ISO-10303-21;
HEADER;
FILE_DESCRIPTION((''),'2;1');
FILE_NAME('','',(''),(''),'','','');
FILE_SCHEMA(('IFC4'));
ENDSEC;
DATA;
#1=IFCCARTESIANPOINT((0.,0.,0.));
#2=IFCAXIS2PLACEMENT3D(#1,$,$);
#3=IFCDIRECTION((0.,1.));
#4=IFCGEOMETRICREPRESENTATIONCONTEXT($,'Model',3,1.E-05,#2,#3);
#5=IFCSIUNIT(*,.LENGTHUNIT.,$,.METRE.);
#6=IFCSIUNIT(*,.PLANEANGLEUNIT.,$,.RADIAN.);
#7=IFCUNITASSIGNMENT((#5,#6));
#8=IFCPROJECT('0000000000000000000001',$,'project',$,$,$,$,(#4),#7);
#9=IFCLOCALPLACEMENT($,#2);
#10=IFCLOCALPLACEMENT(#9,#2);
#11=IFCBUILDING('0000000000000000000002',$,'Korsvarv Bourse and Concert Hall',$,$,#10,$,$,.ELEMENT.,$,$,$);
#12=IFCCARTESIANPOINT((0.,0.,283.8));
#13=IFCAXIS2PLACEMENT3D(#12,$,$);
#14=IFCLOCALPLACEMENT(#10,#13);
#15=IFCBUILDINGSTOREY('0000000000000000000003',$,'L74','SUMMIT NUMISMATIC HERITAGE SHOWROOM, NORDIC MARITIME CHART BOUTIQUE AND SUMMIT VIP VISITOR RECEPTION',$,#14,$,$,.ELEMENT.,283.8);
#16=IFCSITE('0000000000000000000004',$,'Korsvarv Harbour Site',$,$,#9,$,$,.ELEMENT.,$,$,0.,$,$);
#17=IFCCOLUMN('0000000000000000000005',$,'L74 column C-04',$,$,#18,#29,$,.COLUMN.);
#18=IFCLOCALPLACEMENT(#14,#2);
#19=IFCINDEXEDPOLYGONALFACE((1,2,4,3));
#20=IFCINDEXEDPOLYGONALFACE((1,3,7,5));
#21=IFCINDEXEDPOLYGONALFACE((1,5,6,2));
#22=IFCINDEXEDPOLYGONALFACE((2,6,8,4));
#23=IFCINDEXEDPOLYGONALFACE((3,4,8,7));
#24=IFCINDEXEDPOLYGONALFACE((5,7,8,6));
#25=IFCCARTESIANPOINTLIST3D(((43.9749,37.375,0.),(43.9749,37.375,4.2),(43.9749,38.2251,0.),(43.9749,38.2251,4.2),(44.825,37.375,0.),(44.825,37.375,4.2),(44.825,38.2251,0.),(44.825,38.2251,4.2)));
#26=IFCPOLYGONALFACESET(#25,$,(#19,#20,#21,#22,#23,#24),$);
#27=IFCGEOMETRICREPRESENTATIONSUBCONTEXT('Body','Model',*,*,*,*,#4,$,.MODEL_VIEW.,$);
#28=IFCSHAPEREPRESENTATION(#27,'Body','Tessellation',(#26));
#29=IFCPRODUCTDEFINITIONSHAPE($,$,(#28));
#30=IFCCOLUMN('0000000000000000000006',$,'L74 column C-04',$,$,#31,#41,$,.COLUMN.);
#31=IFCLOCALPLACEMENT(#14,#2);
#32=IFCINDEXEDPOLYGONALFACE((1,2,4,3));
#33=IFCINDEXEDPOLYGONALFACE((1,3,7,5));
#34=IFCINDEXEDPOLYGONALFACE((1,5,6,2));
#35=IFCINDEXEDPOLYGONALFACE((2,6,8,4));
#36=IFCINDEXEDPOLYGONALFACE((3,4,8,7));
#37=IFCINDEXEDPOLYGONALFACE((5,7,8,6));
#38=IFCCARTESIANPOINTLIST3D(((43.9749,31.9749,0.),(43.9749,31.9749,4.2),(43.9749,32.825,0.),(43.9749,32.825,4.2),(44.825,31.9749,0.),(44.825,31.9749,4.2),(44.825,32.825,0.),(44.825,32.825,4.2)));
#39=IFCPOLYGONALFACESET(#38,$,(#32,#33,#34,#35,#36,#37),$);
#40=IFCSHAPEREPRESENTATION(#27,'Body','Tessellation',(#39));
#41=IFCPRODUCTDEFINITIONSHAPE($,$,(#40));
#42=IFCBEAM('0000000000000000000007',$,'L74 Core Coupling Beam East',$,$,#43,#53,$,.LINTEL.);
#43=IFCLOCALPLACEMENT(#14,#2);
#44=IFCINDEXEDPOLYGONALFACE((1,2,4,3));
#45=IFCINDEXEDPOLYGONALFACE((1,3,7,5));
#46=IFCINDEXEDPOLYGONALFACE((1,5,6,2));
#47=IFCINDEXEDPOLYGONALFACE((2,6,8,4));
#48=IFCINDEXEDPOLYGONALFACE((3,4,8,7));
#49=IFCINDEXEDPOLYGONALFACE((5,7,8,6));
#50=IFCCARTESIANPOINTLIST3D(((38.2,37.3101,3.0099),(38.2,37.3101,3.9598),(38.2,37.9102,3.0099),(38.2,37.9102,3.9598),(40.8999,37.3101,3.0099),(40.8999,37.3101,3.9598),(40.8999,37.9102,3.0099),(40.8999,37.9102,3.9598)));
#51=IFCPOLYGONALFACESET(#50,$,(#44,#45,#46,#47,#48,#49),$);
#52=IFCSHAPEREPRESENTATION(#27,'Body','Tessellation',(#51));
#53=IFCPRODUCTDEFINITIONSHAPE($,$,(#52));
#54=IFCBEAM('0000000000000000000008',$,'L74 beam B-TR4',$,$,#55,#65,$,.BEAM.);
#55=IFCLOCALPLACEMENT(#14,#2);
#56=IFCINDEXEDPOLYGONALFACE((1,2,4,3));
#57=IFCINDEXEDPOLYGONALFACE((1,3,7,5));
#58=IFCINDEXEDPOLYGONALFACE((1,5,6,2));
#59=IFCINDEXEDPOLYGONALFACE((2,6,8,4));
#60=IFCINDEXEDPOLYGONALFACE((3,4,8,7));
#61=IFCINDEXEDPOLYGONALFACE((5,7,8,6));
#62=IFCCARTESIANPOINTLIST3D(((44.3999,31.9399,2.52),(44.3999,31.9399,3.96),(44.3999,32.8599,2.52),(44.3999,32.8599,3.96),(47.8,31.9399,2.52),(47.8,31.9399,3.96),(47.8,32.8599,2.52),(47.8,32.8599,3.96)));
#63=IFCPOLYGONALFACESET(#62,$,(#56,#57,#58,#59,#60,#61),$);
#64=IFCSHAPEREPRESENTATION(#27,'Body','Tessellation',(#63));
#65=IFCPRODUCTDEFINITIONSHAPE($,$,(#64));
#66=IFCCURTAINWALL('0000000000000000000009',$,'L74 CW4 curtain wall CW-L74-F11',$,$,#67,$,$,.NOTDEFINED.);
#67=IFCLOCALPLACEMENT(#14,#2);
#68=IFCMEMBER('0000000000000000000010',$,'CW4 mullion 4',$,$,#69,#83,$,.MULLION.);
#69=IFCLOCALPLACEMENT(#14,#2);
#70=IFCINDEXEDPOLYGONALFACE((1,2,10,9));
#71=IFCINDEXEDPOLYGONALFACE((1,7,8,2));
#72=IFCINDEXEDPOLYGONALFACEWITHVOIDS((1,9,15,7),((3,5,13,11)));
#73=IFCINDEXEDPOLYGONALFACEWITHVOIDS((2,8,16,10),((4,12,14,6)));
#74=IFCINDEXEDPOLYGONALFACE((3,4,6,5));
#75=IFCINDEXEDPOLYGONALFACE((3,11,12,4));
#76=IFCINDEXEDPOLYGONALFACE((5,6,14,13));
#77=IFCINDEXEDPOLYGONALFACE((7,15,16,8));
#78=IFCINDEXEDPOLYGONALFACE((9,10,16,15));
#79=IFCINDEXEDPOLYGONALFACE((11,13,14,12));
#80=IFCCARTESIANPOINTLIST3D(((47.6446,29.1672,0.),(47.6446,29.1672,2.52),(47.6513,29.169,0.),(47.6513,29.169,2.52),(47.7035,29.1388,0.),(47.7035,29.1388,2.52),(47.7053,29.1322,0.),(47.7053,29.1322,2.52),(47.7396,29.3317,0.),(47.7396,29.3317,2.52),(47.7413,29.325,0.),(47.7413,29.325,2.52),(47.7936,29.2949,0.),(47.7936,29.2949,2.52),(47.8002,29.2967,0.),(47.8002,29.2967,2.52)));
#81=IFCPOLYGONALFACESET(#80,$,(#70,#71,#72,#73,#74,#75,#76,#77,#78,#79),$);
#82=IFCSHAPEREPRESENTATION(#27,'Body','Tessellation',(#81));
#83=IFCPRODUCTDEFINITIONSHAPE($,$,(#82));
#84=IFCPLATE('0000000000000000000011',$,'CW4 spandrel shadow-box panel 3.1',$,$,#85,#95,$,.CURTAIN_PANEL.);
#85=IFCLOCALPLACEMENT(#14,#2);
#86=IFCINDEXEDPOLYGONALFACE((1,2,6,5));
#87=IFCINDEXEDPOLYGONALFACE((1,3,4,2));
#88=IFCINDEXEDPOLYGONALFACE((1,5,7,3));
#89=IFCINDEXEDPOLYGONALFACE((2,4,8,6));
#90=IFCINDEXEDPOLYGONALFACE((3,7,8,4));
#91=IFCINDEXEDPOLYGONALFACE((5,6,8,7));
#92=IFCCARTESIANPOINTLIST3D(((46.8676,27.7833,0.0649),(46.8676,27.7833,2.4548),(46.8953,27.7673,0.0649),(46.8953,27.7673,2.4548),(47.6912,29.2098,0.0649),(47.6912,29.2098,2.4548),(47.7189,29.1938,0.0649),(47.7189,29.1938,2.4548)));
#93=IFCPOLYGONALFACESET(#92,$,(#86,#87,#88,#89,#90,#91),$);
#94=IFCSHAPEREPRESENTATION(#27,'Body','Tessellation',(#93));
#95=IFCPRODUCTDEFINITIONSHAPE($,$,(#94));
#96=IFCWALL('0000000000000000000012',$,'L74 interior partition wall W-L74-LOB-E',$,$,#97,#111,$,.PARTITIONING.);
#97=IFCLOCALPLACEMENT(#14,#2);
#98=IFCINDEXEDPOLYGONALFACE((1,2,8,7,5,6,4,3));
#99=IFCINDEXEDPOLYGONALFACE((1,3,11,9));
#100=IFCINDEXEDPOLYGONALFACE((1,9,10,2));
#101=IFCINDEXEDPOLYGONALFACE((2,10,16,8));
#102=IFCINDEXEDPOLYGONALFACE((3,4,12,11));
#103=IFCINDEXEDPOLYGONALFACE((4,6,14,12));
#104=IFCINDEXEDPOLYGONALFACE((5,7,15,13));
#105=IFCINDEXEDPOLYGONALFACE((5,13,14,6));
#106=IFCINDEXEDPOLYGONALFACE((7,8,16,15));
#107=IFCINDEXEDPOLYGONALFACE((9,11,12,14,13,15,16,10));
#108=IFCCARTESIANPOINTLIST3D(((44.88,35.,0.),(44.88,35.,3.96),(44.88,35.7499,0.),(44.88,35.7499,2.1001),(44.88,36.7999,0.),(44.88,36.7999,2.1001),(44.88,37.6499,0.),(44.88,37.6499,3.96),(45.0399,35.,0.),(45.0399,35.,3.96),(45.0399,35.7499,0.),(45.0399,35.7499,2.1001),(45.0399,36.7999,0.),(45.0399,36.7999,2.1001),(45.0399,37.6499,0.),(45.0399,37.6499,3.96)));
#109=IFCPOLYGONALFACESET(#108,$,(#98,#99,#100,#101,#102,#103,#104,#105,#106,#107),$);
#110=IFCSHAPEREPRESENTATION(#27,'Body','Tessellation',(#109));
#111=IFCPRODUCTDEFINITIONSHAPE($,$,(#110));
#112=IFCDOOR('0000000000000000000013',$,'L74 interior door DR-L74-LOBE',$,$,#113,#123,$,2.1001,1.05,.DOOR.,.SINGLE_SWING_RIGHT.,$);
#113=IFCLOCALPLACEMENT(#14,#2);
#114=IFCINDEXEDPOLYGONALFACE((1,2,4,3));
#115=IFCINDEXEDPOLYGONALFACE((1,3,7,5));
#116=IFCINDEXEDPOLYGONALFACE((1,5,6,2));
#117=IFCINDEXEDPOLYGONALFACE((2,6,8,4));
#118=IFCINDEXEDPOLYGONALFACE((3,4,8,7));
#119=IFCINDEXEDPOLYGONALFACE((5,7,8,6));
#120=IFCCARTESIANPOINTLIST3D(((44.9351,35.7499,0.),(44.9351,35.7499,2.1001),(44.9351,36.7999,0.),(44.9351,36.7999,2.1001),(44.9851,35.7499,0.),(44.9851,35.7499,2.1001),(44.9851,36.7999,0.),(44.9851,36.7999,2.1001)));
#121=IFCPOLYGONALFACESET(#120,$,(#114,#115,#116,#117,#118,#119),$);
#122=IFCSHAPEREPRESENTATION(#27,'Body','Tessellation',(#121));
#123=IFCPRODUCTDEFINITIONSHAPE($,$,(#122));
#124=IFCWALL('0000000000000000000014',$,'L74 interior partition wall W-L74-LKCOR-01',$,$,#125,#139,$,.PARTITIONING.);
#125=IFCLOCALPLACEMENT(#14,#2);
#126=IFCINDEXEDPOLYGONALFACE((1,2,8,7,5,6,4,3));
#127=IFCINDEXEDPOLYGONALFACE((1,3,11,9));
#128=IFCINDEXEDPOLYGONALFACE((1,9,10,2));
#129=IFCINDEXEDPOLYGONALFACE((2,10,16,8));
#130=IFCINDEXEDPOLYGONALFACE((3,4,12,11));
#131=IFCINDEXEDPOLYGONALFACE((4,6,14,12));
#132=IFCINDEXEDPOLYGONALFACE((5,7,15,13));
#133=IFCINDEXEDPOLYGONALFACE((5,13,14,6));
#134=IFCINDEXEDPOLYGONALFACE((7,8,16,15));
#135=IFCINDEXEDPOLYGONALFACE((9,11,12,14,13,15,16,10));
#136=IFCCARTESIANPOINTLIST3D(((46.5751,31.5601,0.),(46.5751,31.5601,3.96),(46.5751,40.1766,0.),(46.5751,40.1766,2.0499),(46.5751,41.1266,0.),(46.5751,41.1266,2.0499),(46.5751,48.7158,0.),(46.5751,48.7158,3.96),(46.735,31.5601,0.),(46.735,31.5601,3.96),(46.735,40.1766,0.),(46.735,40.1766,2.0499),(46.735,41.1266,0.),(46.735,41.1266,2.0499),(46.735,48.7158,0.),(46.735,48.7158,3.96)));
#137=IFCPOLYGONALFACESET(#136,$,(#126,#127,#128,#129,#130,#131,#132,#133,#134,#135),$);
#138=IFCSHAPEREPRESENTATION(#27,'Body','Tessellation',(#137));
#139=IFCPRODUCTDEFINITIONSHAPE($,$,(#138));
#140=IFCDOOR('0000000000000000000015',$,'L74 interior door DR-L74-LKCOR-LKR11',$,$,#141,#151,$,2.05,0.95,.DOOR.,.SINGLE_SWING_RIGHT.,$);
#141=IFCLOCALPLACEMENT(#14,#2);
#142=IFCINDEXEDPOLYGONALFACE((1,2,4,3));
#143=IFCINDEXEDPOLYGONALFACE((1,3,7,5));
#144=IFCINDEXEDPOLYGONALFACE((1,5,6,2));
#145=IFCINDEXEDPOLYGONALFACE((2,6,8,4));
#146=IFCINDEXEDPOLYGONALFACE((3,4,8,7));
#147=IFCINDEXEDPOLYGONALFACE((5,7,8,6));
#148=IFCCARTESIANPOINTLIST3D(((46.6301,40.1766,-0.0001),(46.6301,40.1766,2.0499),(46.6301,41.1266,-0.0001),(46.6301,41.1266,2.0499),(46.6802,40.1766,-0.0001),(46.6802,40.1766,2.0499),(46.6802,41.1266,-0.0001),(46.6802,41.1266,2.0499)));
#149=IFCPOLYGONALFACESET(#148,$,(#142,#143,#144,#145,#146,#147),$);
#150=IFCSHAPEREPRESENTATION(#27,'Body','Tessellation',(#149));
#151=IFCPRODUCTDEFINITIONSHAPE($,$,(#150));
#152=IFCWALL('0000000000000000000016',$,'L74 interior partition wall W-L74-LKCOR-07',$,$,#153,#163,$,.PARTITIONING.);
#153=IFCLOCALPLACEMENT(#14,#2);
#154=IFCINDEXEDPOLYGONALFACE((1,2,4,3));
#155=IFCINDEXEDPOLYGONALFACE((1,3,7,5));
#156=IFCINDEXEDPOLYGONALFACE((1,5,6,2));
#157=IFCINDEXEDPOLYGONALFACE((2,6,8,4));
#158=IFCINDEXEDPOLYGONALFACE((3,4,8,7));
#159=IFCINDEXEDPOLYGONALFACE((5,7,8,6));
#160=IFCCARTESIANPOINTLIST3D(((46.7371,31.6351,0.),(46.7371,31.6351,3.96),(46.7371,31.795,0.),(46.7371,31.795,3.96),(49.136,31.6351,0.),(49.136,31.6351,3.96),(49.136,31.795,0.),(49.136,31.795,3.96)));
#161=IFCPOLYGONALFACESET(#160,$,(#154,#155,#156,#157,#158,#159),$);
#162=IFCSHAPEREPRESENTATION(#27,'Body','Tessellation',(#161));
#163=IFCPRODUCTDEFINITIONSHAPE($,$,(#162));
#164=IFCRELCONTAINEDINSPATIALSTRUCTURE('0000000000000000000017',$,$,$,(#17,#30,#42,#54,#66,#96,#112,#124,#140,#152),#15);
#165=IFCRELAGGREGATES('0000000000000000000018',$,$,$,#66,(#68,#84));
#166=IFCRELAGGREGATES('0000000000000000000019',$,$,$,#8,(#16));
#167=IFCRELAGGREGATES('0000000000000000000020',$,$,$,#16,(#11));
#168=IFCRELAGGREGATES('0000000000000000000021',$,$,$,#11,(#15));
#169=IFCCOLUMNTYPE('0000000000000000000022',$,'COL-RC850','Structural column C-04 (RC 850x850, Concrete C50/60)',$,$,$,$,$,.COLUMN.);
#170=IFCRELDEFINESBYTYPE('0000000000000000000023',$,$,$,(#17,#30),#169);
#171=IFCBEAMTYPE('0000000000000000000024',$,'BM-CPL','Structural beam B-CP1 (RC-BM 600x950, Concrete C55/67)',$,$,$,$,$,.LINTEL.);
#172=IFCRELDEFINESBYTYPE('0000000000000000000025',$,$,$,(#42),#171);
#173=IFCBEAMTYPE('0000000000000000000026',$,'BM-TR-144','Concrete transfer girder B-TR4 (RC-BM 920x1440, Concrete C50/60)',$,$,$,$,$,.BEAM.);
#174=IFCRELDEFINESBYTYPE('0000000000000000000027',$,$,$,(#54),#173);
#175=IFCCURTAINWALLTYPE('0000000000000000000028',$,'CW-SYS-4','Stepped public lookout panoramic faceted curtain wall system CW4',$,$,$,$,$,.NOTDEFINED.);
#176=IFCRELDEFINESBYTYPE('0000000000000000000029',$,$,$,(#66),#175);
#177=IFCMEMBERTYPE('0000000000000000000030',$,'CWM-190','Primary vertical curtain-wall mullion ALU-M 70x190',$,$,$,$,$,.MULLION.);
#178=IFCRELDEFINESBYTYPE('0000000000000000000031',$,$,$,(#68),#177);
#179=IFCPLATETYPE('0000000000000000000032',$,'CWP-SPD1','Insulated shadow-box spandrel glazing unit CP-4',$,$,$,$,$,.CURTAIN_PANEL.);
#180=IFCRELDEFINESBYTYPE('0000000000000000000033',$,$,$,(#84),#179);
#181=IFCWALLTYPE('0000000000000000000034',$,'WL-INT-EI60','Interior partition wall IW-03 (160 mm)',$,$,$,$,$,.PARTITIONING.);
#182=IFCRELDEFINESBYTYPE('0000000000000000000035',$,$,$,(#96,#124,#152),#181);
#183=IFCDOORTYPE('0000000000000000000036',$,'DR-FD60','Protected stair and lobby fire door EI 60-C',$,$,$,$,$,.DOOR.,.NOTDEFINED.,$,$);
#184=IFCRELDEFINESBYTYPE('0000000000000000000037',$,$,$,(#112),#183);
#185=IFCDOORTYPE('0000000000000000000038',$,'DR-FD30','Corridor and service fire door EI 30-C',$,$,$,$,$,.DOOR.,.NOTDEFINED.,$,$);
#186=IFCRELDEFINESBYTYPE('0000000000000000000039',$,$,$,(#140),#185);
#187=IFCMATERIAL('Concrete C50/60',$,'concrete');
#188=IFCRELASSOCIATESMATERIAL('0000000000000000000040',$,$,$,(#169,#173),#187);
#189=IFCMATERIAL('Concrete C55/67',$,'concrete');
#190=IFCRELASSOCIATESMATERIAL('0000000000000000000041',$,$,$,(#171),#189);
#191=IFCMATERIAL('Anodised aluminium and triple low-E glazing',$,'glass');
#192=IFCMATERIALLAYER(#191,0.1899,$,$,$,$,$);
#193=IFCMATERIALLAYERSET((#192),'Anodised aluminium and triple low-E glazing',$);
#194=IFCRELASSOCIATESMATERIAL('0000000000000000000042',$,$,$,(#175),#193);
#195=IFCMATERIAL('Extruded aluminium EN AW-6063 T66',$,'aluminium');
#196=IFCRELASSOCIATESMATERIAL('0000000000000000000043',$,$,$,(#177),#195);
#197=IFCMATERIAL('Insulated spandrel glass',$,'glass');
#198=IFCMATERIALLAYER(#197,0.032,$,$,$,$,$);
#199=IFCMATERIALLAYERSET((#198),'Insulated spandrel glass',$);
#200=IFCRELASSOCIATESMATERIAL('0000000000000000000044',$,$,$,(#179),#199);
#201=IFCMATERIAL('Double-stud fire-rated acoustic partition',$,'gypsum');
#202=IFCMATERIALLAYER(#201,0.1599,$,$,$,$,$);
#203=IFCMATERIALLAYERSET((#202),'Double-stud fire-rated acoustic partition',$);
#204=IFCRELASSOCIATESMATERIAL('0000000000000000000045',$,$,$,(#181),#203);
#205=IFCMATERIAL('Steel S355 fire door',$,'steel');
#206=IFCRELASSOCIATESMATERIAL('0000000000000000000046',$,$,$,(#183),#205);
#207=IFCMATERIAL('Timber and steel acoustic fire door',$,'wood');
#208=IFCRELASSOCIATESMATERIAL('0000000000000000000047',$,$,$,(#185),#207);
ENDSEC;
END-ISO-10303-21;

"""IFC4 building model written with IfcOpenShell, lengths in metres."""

from ifc_helpers import new_model, si_unit, direction, frame, frame_2d, origin, origin_2d, place, context, subcontext, project, spatial, rectangle, hollow_rectangle, extrude, source, transform, mapped, material, layer, layer_set, material_profile, profile_set, type_object, element, fill, aggregate, save


model = new_model("IFC4")

# Units and contexts
model_context = context("Model", 3, precision=1e-05, world=origin(), true_north=direction((0.0, 1.0)))
body_context = subcontext(model_context, "Body", "Model", "MODEL_VIEW")
ifc_project = project(units=[si_unit("LENGTHUNIT", "METRE"), si_unit("PLANEANGLEUNIT", "RADIAN")], contexts=[model_context])

# Site, building, storey
site_placement = place(None, origin())
site = spatial("IfcSite", under=ifc_project, at=site_placement, Name="Korsvarv Harbour Site", CompositionType="ELEMENT", RefElevation=0.0)
building_placement = place(site_placement, origin())
building = spatial("IfcBuilding", under=site, at=building_placement, Name="Korsvarv Bourse and Concert Hall", CompositionType="ELEMENT")
storey_placement = place(building_placement, frame((0.0, 0.0, 283.8)))
storey = spatial("IfcBuildingStorey", under=building, at=storey_placement, Name="L74", Description="SUMMIT NUMISMATIC HERITAGE SHOWROOM, NORDIC MARITIME CHART BOUTIQUE AND SUMMIT VIP VISITOR RECEPTION", CompositionType="ELEMENT", Elevation=283.8)

# Columns
ifc_material_1 = material(Name="Concrete C50/60", Category="concrete")
ifc_material_profile_1 = material_profile(ifc_material_1, rectangle(XDim=0.8501, YDim=0.8501, at=origin_2d()), Name="RC 850x850")
ifc_profile_set_1 = profile_set([ifc_material_profile_1], Name="Concrete C50/60")
column_type = type_object("IfcColumnType", Name="COL-RC850", Description="Structural column C-04 (RC 850x850, Concrete C50/60)", PredefinedType="COLUMN", material=ifc_profile_set_1)
shared_shape_1 = source(origin(), body_context, "Body", "SweptSolid", [
    extrude(rectangle(XDim=0.8501, YDim=0.8501, at=origin_2d()), origin(), (0.0, 0.0, 1.0), 4.2),
])
for number, where, z_axis, x_axis, name in (
    (1, (44.3999, 37.8, 0.0), (0.0, 0.0, 1.0), (1.0, 0.0, 0.0), "L74 column C-04"),
    (2, (44.3999, 32.3999, 0.0), (0.0, 0.0, 1.0), (1.0, 0.0, 0.0), "L74 column C-04"),
):
    element("IfcColumn", number, at=place(storey_placement, frame(where, z_axis=z_axis, x_axis=x_axis)), inside=storey, type_object=column_type, Name=name, PredefinedType="COLUMN", context=body_context, shape_type="MappedRepresentation", body=[
        mapped(shared_shape_1, transform((0.0, 0.0, 0.0), scale=1.0)),
    ])

# Beams
ifc_material_2 = material(Name="Concrete C55/67", Category="concrete")
ifc_material_profile_2 = material_profile(ifc_material_2, rectangle(XDim=0.6001, YDim=0.95, at=origin_2d()), Name="RC-BM 600x950")
ifc_profile_set_2 = profile_set([ifc_material_profile_2], Name="Concrete C55/67")
beam_type_1 = type_object("IfcBeamType", Name="BM-CPL", Description="Structural beam B-CP1 (RC-BM 600x950, Concrete C55/67)", PredefinedType="LINTEL", material=ifc_profile_set_2)
shared_shape_2 = source(origin(), body_context, "Body", "SweptSolid", [
    extrude(rectangle(XDim=0.6001, YDim=0.95, at=origin_2d()), origin(), (0.0, 0.0, 1.0), 2.7),
])
beam_1_placement = place(storey_placement, frame((38.2, 37.6101, 3.4849), z_axis=(1.0, 0.0, 0.0), x_axis=(0.0, 1.0, 0.0)))
element("IfcBeam", 3, at=beam_1_placement, inside=storey, type_object=beam_type_1, Name="L74 Core Coupling Beam East", PredefinedType="LINTEL", context=body_context, shape_type="MappedRepresentation", body=[
    mapped(shared_shape_2, transform((0.0, 0.0, 0.0), scale=1.0)),
])
ifc_material_profile_3 = material_profile(ifc_material_1, rectangle(XDim=0.9199, YDim=1.4399, at=origin_2d()), Name="RC-BM 920x1440")
ifc_profile_set_3 = profile_set([ifc_material_profile_3], Name="Concrete C50/60")
beam_type_2 = type_object("IfcBeamType", Name="BM-TR-144", Description="Concrete transfer girder B-TR4 (RC-BM 920x1440, Concrete C50/60)", PredefinedType="BEAM", material=ifc_profile_set_3)
shared_shape_3 = source(origin(), body_context, "Body", "SweptSolid", [
    extrude(rectangle(XDim=0.9199, YDim=1.4399, at=origin_2d()), origin(), (0.0, 0.0, 1.0), 3.4001),
])
beam_2_placement = place(storey_placement, frame((44.3999, 32.3999, 3.24), z_axis=(1.0, 0.0, 0.0), x_axis=(0.0, 1.0, 0.0)))
element("IfcBeam", 4, at=beam_2_placement, inside=storey, type_object=beam_type_2, Name="L74 beam B-TR4", PredefinedType="BEAM", context=body_context, shape_type="MappedRepresentation", body=[
    mapped(shared_shape_3, transform((0.0, 0.0, 0.0), scale=1.0)),
])

# Curtain wall, member, plate
ifc_material_3 = material(Name="Anodised aluminium and triple low-E glazing", Category="glass")
ifc_layer_1 = layer(ifc_material_3, 0.1899)
ifc_layer_set_1 = layer_set([ifc_layer_1], Name="Anodised aluminium and triple low-E glazing")
curtain_wall_type = type_object("IfcCurtainWallType", Name="CW-SYS-4", Description="Stepped public lookout panoramic faceted curtain wall system CW4", PredefinedType="NOTDEFINED", material=ifc_layer_set_1)
curtain_wall_placement = place(storey_placement, origin())
curtain_wall = element("IfcCurtainWall", 5, at=curtain_wall_placement, inside=storey, type_object=curtain_wall_type, Name="L74 CW4 curtain wall CW-L74-F11", PredefinedType="NOTDEFINED")
ifc_material_4 = material(Name="Extruded aluminium EN AW-6063 T66", Category="aluminium")
ifc_material_profile_4 = material_profile(ifc_material_4, hollow_rectangle(XDim=0.0701, YDim=0.1899, WallThickness=0.0049, at=origin_2d()), Name="ALU-M 70x190")
ifc_profile_set_4 = profile_set([ifc_material_profile_4], Name="Extruded aluminium EN AW-6063 T66")
member_type = type_object("IfcMemberType", Name="CWM-190", Description="Primary vertical curtain-wall mullion ALU-M 70x190", PredefinedType="MULLION", material=ifc_profile_set_4)
shared_shape_4 = source(origin(), body_context, "Body", "SweptSolid", [
    extrude(hollow_rectangle(XDim=0.0701, YDim=0.1899, WallThickness=0.0049, at=origin_2d()), origin(), (0.0, 0.0, 1.0), 2.52),
])
member_placement = place(storey_placement, frame((47.7224, 29.2319, 0.0), z_axis=(0.0, 0.0, 1.0), x_axis=(-0.866028, 0.499996, 0.0)))
member = element("IfcMember", 6, at=member_placement, type_object=member_type, Name="CW4 mullion 4", PredefinedType="MULLION", context=body_context, shape_type="MappedRepresentation", body=[
    mapped(shared_shape_4, transform((0.0, 0.0, 0.0), scale=1.0)),
])
ifc_material_5 = material(Name="Insulated spandrel glass", Category="glass")
ifc_layer_2 = layer(ifc_material_5, 0.032)
ifc_layer_set_2 = layer_set([ifc_layer_2], Name="Insulated spandrel glass")
plate_type = type_object("IfcPlateType", Name="CWP-SPD1", Description="Insulated shadow-box spandrel glazing unit CP-4", PredefinedType="CURTAIN_PANEL", material=ifc_layer_set_2)
shared_shape_5 = source(origin(), body_context, "Body", "SweptSolid", [
    extrude(rectangle(XDim=1.6472, YDim=0.032, at=origin_2d()), origin(), (0.0, 0.0, 1.0), 2.3899),
])
plate_placement = place(storey_placement, frame((47.2932, 28.4885, 0.0649), z_axis=(0.0, 0.0, 1.0), x_axis=(0.499996, 0.866028, 0.0)))
plate = element("IfcPlate", 7, at=plate_placement, type_object=plate_type, Name="CW4 spandrel shadow-box panel 3.1", PredefinedType="CURTAIN_PANEL", context=body_context, shape_type="MappedRepresentation", body=[
    mapped(shared_shape_5, transform((0.0, 0.0, 0.0), scale=1.0)),
])
aggregate(curtain_wall, [member, plate])

# Walls, openings, doors
ifc_material_6 = material(Name="Double-stud fire-rated acoustic partition", Category="gypsum")
ifc_layer_3 = layer(ifc_material_6, 0.1599)
ifc_layer_set_3 = layer_set([ifc_layer_3], Name="Double-stud fire-rated acoustic partition")
wall_type_1 = type_object("IfcWallType", Name="WL-INT-EI60", Description="Interior partition wall IW-03 (160 mm)", PredefinedType="PARTITIONING", material=ifc_layer_set_3)
wall_1_placement = place(storey_placement, frame((44.96, 35.0, 0.0), z_axis=(0.0, 0.0, 1.0), x_axis=(0.0, 1.0, 0.0)))
wall_1 = element("IfcWall", 8, at=wall_1_placement, inside=storey, type_object=wall_type_1, Name="L74 interior partition wall W-L74-LOB-E", PredefinedType="PARTITIONING", context=body_context, shape_type="SweptSolid", body=[
    extrude(rectangle(XDim=2.6499, YDim=0.1599, at=frame_2d((1.325, 0.0))), origin(), (0.0, 0.0, 1.0), 3.96),
])
opening_1_placement = place(wall_1_placement, frame((0.75, 0.0, 0.0)))
opening_1 = element("IfcOpeningElement", 9, at=opening_1_placement, cuts=wall_1, PredefinedType="OPENING", context=body_context, shape_type="SweptSolid", body=[
    extrude(rectangle(XDim=1.05, YDim=2.1001, at=frame_2d((0.5249, 1.05))), frame((0.0, 0.0898, 0.0), z_axis=(0.0, -1.0, 0.0), x_axis=(1.0, 0.0, 0.0)), (0.0, 0.0, 1.0), 0.1799),
])
ifc_material_7 = material(Name="Steel S355 fire door", Category="steel")
door_type_1 = type_object("IfcDoorType", Name="DR-FD60", Description="Protected stair and lobby fire door EI 60-C", OperationType="NOTDEFINED", PredefinedType="DOOR", material=ifc_material_7)
door_1_placement = place(opening_1_placement, origin())
door_1 = element("IfcDoor", 10, at=door_1_placement, inside=storey, type_object=door_type_1, Name="L74 interior door DR-L74-LOBE", OperationType="SINGLE_SWING_RIGHT", OverallHeight=2.1001, OverallWidth=1.05, PredefinedType="DOOR", context=body_context, shape_type="SweptSolid", body=[
    extrude(rectangle(XDim=1.05, YDim=2.1001, at=frame_2d((0.5249, 1.05))), frame((0.0, 0.0249, 0.0), z_axis=(0.0, -1.0, 0.0), x_axis=(1.0, 0.0, 0.0)), (0.0, 0.0, 1.0), 0.05),
])
fill(opening_1, door_1)
wall_2_placement = place(storey_placement, frame((46.655, 31.5601, 0.0), z_axis=(0.0, 0.0, 1.0), x_axis=(0.0, 1.0, 0.0)))
wall_2 = element("IfcWall", 11, at=wall_2_placement, inside=storey, type_object=wall_type_1, Name="L74 interior partition wall W-L74-LKCOR-01", PredefinedType="PARTITIONING", context=body_context, shape_type="SweptSolid", body=[
    extrude(rectangle(XDim=17.1558, YDim=0.1599, at=frame_2d((8.5779, 0.0))), origin(), (0.0, 0.0, 1.0), 3.96),
])
opening_2_placement = place(wall_2_placement, frame((8.6165, 0.0, 0.0)))
opening_2 = element("IfcOpeningElement", 12, at=opening_2_placement, cuts=wall_2, PredefinedType="OPENING", context=body_context, shape_type="SweptSolid", body=[
    extrude(rectangle(XDim=0.95, YDim=2.05, at=frame_2d((0.4751, 1.0249))), frame((0.0, 0.0898, 0.0), z_axis=(0.0, -1.0, 0.0), x_axis=(1.0, 0.0, 0.0)), (0.0, 0.0, 1.0), 0.1799),
])
ifc_material_8 = material(Name="Timber and steel acoustic fire door", Category="wood")
door_type_2 = type_object("IfcDoorType", Name="DR-FD30", Description="Corridor and service fire door EI 30-C", OperationType="NOTDEFINED", PredefinedType="DOOR", material=ifc_material_8)
door_2_placement = place(opening_2_placement, origin())
door_2 = element("IfcDoor", 13, at=door_2_placement, inside=storey, type_object=door_type_2, Name="L74 interior door DR-L74-LKCOR-LKR11", OperationType="SINGLE_SWING_RIGHT", OverallHeight=2.05, OverallWidth=0.95, PredefinedType="DOOR", context=body_context, shape_type="SweptSolid", body=[
    extrude(rectangle(XDim=0.95, YDim=2.05, at=frame_2d((0.4751, 1.0249))), frame((0.0, 0.0249, 0.0), z_axis=(0.0, -1.0, 0.0), x_axis=(1.0, 0.0, 0.0)), (0.0, 0.0, 1.0), 0.05),
])
fill(opening_2, door_2)

# Wall
wall_3_placement = place(storey_placement, frame((46.7371, 31.7151, 0.0), z_axis=(0.0, 0.0, 1.0), x_axis=(1.0, 0.0, 0.0)))
element("IfcWall", 14, at=wall_3_placement, inside=storey, type_object=wall_type_1, Name="L74 interior partition wall W-L74-LKCOR-07", PredefinedType="PARTITIONING", context=body_context, shape_type="SweptSolid", body=[
    extrude(rectangle(XDim=2.3989, YDim=0.1599, at=frame_2d((1.1995, 0.0))), origin(), (0.0, 0.0, 1.0), 3.96),
])

save(model, "model.ifc")
